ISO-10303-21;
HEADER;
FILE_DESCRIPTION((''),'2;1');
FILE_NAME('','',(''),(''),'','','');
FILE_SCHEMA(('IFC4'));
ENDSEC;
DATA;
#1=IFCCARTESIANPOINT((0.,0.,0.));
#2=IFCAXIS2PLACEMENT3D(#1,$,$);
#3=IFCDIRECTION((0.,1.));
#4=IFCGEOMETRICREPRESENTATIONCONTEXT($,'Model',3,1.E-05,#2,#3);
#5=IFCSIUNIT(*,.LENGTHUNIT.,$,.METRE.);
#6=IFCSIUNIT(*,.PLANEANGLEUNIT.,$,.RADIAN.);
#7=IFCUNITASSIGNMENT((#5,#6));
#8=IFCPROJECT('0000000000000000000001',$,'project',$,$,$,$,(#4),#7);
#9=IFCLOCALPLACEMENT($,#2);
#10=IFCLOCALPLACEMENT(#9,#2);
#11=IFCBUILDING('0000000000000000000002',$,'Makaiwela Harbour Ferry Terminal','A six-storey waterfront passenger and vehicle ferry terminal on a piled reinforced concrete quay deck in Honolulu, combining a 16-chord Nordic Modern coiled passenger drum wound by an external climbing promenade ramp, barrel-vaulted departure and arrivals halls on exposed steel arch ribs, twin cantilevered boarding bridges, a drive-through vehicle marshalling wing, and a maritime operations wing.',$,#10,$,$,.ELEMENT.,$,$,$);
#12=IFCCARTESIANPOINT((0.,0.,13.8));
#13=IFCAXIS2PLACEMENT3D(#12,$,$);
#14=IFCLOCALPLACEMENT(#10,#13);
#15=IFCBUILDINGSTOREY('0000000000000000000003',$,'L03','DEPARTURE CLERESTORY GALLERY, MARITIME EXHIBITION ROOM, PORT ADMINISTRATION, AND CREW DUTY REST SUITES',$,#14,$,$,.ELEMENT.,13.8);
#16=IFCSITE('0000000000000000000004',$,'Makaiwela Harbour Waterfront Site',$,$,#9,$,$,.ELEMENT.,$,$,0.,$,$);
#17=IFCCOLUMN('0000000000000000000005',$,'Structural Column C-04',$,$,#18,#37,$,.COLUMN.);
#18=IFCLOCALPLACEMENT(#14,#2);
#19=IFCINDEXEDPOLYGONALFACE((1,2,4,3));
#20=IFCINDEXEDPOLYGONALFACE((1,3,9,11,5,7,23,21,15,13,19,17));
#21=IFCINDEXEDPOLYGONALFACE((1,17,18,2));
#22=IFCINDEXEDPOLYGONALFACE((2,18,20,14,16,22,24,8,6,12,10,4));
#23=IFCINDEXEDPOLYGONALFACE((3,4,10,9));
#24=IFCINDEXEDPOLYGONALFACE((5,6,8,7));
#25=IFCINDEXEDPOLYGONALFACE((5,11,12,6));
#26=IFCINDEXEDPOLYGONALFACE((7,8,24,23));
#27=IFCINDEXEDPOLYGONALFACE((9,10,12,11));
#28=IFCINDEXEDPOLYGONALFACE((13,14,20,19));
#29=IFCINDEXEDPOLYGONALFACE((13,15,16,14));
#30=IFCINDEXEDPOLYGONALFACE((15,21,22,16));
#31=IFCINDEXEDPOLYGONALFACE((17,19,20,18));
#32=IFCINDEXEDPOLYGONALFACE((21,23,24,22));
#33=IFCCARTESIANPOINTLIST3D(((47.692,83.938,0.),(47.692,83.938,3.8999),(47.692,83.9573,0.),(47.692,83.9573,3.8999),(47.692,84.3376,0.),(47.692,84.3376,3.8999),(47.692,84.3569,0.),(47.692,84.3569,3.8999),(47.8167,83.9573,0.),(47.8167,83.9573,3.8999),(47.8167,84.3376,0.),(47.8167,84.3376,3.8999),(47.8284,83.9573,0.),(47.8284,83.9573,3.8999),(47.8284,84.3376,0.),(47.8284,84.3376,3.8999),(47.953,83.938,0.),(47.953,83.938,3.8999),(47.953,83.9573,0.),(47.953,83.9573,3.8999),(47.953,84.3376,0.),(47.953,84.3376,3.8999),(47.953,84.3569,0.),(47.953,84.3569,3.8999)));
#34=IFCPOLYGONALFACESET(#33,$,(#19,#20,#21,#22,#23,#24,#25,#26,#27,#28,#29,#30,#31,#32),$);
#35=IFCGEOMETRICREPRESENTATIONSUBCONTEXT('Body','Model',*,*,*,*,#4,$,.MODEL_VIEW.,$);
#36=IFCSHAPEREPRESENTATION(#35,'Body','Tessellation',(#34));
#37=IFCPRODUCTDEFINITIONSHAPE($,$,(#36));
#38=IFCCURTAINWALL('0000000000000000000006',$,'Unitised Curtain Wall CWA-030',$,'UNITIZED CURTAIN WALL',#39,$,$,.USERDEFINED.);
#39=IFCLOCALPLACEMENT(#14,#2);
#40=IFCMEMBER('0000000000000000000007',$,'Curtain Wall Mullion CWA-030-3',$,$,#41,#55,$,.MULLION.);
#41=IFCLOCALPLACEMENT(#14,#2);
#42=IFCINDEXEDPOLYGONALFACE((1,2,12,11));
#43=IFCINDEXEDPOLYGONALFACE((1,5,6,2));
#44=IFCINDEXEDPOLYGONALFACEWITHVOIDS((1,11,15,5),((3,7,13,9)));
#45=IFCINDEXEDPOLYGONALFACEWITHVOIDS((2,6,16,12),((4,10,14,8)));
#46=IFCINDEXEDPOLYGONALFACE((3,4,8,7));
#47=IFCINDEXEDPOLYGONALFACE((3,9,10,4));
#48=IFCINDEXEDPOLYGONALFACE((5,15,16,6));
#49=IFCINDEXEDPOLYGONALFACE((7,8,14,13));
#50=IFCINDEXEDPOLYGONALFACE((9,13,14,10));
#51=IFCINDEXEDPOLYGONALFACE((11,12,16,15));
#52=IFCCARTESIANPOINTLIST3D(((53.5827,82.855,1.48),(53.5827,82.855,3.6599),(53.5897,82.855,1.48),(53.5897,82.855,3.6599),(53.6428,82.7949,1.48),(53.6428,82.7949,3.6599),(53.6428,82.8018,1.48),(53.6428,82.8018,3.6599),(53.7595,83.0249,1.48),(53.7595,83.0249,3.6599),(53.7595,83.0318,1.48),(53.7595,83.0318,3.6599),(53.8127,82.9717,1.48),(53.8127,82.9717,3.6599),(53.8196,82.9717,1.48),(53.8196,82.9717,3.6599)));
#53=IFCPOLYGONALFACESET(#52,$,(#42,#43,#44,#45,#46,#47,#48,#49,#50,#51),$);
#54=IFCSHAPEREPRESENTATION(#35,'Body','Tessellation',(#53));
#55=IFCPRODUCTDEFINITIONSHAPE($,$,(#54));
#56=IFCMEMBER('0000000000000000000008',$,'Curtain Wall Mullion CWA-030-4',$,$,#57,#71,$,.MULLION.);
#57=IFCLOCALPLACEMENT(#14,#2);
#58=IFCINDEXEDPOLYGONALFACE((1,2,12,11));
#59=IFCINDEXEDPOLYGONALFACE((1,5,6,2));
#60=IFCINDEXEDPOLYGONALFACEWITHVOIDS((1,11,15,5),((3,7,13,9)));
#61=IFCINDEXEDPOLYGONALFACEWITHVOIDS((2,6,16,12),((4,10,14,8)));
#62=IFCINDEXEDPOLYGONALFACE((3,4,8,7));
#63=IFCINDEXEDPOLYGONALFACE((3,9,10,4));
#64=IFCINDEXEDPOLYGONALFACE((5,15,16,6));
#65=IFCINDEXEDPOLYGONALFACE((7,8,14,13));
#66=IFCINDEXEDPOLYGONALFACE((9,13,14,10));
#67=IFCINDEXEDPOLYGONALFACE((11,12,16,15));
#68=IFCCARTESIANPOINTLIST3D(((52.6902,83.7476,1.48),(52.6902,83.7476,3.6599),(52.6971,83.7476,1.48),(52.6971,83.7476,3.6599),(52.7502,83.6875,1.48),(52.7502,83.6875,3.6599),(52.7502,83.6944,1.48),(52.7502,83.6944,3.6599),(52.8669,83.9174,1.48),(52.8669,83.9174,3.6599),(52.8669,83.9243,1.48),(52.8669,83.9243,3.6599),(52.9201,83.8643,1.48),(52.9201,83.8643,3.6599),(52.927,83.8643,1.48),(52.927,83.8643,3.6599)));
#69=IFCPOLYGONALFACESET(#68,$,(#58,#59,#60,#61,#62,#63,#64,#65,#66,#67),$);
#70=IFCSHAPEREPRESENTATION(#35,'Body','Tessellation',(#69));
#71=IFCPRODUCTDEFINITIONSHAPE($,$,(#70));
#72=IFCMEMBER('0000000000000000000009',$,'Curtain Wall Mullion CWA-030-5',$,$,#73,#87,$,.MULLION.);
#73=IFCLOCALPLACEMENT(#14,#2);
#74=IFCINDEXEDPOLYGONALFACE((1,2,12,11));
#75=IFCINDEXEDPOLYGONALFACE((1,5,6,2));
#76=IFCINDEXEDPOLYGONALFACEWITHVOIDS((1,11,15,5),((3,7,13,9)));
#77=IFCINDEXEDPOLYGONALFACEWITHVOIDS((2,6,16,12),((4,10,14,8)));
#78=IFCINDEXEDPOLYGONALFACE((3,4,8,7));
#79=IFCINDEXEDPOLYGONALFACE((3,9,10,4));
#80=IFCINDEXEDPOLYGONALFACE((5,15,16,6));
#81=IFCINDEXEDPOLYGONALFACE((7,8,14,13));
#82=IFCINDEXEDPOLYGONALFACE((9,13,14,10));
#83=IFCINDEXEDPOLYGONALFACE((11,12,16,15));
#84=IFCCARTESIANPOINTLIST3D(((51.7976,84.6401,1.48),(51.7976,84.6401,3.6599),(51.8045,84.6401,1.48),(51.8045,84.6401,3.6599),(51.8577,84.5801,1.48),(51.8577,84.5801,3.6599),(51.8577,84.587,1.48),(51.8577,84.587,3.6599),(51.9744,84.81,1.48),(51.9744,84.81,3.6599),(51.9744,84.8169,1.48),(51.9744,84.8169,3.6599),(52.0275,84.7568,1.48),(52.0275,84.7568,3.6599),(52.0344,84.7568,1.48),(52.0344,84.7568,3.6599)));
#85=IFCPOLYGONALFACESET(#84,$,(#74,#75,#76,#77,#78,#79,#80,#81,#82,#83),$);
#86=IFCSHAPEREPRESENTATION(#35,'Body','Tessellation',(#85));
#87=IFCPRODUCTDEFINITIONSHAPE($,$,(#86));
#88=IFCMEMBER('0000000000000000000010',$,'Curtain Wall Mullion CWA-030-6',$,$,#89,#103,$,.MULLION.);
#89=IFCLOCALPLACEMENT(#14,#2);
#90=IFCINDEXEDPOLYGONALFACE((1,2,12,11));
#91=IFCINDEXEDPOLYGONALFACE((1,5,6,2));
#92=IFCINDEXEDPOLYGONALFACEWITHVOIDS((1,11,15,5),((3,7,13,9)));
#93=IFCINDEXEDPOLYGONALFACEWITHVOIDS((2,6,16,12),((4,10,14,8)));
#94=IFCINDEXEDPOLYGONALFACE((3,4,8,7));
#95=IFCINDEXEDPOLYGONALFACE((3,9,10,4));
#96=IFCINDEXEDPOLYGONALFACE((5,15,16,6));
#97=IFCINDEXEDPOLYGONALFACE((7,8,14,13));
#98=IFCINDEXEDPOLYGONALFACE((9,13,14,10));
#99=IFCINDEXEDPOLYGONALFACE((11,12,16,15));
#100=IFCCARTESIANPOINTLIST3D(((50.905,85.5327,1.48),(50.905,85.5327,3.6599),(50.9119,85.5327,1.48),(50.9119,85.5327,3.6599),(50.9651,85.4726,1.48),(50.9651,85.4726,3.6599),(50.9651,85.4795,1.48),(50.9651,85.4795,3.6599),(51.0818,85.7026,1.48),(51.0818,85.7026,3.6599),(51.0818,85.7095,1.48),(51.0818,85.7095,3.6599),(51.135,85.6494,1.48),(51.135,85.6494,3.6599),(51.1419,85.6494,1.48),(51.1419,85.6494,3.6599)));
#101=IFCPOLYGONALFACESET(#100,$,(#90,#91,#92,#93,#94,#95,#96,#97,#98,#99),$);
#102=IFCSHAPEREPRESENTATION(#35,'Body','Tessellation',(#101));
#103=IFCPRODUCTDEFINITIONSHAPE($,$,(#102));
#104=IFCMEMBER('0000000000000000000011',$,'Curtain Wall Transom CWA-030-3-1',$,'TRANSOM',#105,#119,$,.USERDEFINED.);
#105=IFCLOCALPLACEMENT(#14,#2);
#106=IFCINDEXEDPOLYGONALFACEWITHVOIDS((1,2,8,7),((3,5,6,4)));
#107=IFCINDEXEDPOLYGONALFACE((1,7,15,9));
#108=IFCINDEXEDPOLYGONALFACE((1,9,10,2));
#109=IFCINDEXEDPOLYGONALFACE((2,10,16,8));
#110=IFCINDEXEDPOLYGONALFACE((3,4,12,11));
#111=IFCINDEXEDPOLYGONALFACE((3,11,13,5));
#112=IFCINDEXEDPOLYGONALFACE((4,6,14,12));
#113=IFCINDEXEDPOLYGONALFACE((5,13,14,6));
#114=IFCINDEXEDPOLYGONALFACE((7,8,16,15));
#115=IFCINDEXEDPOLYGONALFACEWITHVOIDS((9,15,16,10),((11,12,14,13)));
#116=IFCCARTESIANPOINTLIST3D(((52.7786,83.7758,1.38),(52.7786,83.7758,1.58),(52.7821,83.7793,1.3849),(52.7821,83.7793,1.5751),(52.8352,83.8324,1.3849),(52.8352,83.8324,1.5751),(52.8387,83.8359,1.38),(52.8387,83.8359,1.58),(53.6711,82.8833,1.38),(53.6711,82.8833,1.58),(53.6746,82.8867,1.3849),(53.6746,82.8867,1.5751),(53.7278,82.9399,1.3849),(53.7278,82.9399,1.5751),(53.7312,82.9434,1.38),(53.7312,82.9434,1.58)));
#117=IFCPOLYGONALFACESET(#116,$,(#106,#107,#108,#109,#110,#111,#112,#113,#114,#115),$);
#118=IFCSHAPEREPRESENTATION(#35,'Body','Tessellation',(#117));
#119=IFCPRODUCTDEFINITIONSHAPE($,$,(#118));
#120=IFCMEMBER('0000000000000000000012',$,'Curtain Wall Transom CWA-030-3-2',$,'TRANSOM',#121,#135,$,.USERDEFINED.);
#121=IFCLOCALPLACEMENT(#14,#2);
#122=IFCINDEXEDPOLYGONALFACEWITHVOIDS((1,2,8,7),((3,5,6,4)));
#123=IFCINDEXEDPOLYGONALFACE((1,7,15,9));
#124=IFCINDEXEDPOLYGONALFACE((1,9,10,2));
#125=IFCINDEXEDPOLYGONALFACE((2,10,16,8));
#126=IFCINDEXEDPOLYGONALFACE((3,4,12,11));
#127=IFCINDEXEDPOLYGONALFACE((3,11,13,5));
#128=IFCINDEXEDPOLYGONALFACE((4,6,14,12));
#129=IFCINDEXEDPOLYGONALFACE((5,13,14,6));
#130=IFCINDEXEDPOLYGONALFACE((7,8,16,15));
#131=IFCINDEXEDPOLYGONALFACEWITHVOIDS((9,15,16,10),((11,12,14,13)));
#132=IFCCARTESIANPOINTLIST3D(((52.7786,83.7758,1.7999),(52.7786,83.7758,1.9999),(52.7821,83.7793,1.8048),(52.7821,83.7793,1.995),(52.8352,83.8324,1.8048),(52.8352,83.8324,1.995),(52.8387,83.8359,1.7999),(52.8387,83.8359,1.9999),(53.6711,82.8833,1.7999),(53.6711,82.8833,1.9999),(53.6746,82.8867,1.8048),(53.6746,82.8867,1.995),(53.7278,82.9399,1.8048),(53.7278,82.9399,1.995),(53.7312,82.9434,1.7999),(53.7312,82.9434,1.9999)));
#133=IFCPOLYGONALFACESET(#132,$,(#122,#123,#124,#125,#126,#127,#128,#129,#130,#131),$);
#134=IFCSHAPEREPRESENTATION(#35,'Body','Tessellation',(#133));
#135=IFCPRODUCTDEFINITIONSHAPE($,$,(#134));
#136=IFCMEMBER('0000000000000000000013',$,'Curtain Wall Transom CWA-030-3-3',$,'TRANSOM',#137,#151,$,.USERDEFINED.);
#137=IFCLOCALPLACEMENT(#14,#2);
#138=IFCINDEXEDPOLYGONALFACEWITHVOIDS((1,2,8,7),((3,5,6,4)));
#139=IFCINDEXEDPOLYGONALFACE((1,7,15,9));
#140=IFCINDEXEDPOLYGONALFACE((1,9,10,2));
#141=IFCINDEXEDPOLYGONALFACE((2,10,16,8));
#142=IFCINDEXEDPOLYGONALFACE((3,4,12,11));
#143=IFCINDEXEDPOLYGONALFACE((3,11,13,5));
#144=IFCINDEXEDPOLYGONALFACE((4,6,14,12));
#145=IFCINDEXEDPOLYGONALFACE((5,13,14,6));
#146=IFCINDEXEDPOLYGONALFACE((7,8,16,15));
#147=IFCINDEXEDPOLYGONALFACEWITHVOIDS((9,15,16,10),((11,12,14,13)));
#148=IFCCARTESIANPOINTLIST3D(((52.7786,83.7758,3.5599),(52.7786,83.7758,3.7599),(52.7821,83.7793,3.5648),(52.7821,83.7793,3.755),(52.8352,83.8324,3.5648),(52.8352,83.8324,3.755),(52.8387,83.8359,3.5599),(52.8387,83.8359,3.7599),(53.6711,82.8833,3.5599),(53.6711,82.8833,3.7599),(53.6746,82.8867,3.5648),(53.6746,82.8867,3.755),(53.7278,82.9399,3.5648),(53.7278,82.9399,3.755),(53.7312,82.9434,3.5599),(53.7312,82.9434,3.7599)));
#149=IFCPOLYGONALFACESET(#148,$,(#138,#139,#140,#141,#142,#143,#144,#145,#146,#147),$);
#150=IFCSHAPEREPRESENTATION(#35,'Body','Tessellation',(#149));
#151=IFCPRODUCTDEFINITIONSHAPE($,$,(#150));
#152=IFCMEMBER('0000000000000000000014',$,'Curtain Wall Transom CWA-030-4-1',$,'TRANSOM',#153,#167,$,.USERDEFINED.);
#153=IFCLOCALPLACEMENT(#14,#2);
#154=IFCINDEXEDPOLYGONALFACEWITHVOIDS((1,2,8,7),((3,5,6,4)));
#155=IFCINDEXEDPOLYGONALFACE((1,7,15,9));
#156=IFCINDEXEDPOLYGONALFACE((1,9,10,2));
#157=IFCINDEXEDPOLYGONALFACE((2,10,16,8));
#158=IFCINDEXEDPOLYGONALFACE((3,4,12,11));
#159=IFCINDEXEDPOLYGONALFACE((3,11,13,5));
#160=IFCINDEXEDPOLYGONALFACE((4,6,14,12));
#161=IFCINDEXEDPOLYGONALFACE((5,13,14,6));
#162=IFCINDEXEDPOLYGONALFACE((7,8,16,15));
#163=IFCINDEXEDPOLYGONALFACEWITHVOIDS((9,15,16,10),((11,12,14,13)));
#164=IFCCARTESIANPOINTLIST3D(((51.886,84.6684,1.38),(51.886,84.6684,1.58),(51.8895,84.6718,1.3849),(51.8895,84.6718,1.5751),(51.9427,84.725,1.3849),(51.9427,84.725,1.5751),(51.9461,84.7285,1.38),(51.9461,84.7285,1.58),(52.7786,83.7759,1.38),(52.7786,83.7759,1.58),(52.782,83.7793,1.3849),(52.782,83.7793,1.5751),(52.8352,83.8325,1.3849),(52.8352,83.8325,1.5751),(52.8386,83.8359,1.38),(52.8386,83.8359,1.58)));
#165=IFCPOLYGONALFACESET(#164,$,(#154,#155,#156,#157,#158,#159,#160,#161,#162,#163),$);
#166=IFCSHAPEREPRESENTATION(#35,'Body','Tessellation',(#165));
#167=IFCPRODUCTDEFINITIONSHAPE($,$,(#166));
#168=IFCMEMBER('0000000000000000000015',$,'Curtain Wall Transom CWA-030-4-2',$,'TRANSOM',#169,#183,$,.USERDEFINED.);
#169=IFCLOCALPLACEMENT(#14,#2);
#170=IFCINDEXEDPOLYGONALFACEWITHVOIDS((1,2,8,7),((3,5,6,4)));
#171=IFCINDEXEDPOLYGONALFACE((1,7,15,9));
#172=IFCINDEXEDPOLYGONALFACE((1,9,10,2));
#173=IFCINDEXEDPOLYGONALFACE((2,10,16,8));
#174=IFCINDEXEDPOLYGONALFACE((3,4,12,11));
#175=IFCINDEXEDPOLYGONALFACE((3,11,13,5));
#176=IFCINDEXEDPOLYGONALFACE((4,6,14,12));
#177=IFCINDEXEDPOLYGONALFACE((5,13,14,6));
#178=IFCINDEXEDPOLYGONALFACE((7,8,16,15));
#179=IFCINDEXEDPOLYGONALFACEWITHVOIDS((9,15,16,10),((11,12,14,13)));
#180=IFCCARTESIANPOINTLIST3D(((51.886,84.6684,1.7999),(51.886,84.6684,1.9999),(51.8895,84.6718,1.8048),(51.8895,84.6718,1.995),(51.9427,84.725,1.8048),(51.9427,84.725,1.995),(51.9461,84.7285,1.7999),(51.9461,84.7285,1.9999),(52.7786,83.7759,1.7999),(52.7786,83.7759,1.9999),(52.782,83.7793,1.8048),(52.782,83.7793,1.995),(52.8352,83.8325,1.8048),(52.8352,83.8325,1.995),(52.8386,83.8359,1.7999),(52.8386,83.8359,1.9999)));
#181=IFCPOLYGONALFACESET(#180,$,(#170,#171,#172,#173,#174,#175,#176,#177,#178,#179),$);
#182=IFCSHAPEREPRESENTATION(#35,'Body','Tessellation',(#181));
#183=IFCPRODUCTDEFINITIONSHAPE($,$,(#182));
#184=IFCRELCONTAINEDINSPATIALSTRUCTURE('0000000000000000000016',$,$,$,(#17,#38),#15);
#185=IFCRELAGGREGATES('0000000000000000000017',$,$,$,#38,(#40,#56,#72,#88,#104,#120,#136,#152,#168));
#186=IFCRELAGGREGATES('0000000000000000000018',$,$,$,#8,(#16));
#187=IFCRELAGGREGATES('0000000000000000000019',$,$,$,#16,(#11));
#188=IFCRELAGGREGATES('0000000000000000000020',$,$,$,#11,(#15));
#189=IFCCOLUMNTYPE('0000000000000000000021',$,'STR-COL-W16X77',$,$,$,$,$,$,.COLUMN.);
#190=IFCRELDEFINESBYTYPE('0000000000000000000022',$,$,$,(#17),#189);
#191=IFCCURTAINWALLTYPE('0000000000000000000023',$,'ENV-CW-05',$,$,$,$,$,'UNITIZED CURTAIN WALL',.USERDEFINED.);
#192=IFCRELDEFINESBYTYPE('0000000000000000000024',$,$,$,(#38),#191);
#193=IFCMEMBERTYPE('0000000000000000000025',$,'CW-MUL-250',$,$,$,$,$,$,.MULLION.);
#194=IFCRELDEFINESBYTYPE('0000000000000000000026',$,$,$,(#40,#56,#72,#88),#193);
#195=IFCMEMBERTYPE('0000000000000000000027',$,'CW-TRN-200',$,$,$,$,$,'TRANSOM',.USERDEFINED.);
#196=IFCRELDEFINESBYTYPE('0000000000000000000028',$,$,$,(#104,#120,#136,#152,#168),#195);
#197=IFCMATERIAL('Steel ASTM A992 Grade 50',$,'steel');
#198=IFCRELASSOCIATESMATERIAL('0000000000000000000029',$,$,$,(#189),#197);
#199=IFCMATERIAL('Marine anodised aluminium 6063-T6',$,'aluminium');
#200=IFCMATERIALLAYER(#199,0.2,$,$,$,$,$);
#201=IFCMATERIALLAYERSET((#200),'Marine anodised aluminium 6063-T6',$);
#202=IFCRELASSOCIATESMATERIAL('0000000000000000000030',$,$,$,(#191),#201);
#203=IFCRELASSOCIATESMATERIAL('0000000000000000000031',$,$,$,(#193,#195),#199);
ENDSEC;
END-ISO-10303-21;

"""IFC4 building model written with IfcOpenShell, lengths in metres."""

from ifc_helpers import new_model, si_unit, direction, frame, origin, origin_2d, place, context, subcontext, project, spatial, hollow_rectangle, i_section, extrude, material, layer, layer_set, material_profile, profile_set, type_object, element, aggregate, save


model = new_model("IFC4")

# Units and contexts
model_context = context("Model", 3, precision=1e-05, world=origin(), true_north=direction((0.0, 1.0)))
body_context = subcontext(model_context, "Body", "Model", "MODEL_VIEW")
ifc_project = project(units=[si_unit("LENGTHUNIT", "METRE"), si_unit("PLANEANGLEUNIT", "RADIAN")], contexts=[model_context])

# Site, building, storey
site_placement = place(None, origin())
site = spatial("IfcSite", under=ifc_project, at=site_placement, Name="Makaiwela Harbour Waterfront Site", CompositionType="ELEMENT", RefElevation=0.0)
building_placement = place(site_placement, origin())
building = spatial("IfcBuilding", under=site, at=building_placement, Name="Makaiwela Harbour Ferry Terminal", Description="A six-storey waterfront passenger and vehicle ferry terminal on a piled reinforced concrete quay deck in Honolulu, combining a 16-chord Nordic Modern coiled passenger drum wound by an external climbing promenade ramp, barrel-vaulted departure and arrivals halls on exposed steel arch ribs, twin cantilevered boarding bridges, a drive-through vehicle marshalling wing, and a maritime operations wing.", CompositionType="ELEMENT")
storey_placement = place(building_placement, frame((0.0, 0.0, 13.8)))
storey = spatial("IfcBuildingStorey", under=building, at=storey_placement, Name="L03", Description="DEPARTURE CLERESTORY GALLERY, MARITIME EXHIBITION ROOM, PORT ADMINISTRATION, AND CREW DUTY REST SUITES", CompositionType="ELEMENT", Elevation=13.8)

# Column
ifc_material_1 = material(Name="Steel ASTM A992 Grade 50", Category="steel")
ifc_material_profile_1 = material_profile(ifc_material_1, i_section(OverallWidth=0.261, OverallDepth=0.4189, WebThickness=0.0117, FlangeThickness=0.0193, at=origin_2d()), Name="W16X77")
ifc_profile_set_1 = profile_set([ifc_material_profile_1], Name="Steel ASTM A992 Grade 50")
column_type = type_object("IfcColumnType", Name="STR-COL-W16X77", PredefinedType="COLUMN", material=ifc_profile_set_1)
column_placement = place(storey_placement, frame((47.8225, 84.1475, 0.0), z_axis=(0.0, 0.0, 1.0), x_axis=(1.0, 0.0, 0.0)))
element("IfcColumn", 1, at=column_placement, inside=storey, type_object=column_type, Name="Structural Column C-04", PredefinedType="COLUMN", context=body_context, shape_type="SweptSolid", body=[
    extrude(i_section(OverallWidth=0.261, OverallDepth=0.4189, WebThickness=0.0117, FlangeThickness=0.0193, at=origin_2d()), origin(), (0.0, 0.0, 1.0), 3.8999),
])

# Curtain wall, members
ifc_material_2 = material(Name="Marine anodised aluminium 6063-T6", Category="aluminium")
ifc_layer_1 = layer(ifc_material_2, 0.2)
ifc_layer_set_1 = layer_set([ifc_layer_1], Name="Marine anodised aluminium 6063-T6")
curtain_wall_type = type_object("IfcCurtainWallType", Name="ENV-CW-05", ElementType="UNITIZED CURTAIN WALL", PredefinedType="USERDEFINED", material=ifc_layer_set_1)
curtain_wall_placement = place(storey_placement, origin())
curtain_wall = element("IfcCurtainWall", 2, at=curtain_wall_placement, inside=storey, type_object=curtain_wall_type, Name="Unitised Curtain Wall CWA-030", ObjectType="UNITIZED CURTAIN WALL", PredefinedType="USERDEFINED")
ifc_material_profile_2 = material_profile(ifc_material_2, hollow_rectangle(XDim=0.085, YDim=0.25, WallThickness=0.0049, at=origin_2d()), Name="CWM-250X85")
ifc_profile_set_2 = profile_set([ifc_material_profile_2], Name="Marine anodised aluminium 6063-T6")
member_type_1 = type_object("IfcMemberType", Name="CW-MUL-250", PredefinedType="MULLION", material=ifc_profile_set_2)
member_1_placement = place(storey_placement, frame((53.7012, 82.9133, 1.48), z_axis=(0.0, 0.0, 1.0), x_axis=(-0.707107, 0.707107, 0.0)))
member_1 = element("IfcMember", 3, at=member_1_placement, type_object=member_type_1, Name="Curtain Wall Mullion CWA-030-3", PredefinedType="MULLION", context=body_context, shape_type="SweptSolid", body=[
    extrude(hollow_rectangle(XDim=0.085, YDim=0.25, WallThickness=0.0049, at=origin_2d()), origin(), (0.0, 0.0, 1.0), 2.1799),
])
member_2_placement = place(storey_placement, frame((52.8086, 83.8059, 1.48), z_axis=(0.0, 0.0, 1.0), x_axis=(-0.707107, 0.707107, 0.0)))
member_2 = element("IfcMember", 4, at=member_2_placement, type_object=member_type_1, Name="Curtain Wall Mullion CWA-030-4", PredefinedType="MULLION", context=body_context, shape_type="SweptSolid", body=[
    extrude(hollow_rectangle(XDim=0.085, YDim=0.25, WallThickness=0.0049, at=origin_2d()), origin(), (0.0, 0.0, 1.0), 2.1799),
])
member_3_placement = place(storey_placement, frame((51.916, 84.6985, 1.48), z_axis=(0.0, 0.0, 1.0), x_axis=(-0.707107, 0.707107, 0.0)))
member_3 = element("IfcMember", 5, at=member_3_placement, type_object=member_type_1, Name="Curtain Wall Mullion CWA-030-5", PredefinedType="MULLION", context=body_context, shape_type="SweptSolid", body=[
    extrude(hollow_rectangle(XDim=0.085, YDim=0.25, WallThickness=0.0049, at=origin_2d()), origin(), (0.0, 0.0, 1.0), 2.1799),
])
member_4_placement = place(storey_placement, frame((51.0234, 85.5911, 1.48), z_axis=(0.0, 0.0, 1.0), x_axis=(-0.707107, 0.707107, 0.0)))
member_4 = element("IfcMember", 6, at=member_4_placement, type_object=member_type_1, Name="Curtain Wall Mullion CWA-030-6", PredefinedType="MULLION", context=body_context, shape_type="SweptSolid", body=[
    extrude(hollow_rectangle(XDim=0.085, YDim=0.25, WallThickness=0.0049, at=origin_2d()), origin(), (0.0, 0.0, 1.0), 2.1799),
])
ifc_material_profile_3 = material_profile(ifc_material_2, hollow_rectangle(XDim=0.085, YDim=0.2, WallThickness=0.0049, at=origin_2d()), Name="CWT-200X85")
ifc_profile_set_3 = profile_set([ifc_material_profile_3], Name="Marine anodised aluminium 6063-T6")
member_type_2 = type_object("IfcMemberType", Name="CW-TRN-200", ElementType="TRANSOM", PredefinedType="USERDEFINED", material=ifc_profile_set_3)
member_5_placement = place(storey_placement, frame((53.7012, 82.9133, 1.48), z_axis=(-0.707107, 0.707107, 0.0), x_axis=(-0.707107, -0.707107, 0.0)))
member_5 = element("IfcMember", 7, at=member_5_placement, type_object=member_type_2, Name="Curtain Wall Transom CWA-030-3-1", ObjectType="TRANSOM", PredefinedType="USERDEFINED", context=body_context, shape_type="SweptSolid", body=[
    extrude(hollow_rectangle(XDim=0.085, YDim=0.2, WallThickness=0.0049, at=origin_2d()), origin(), (0.0, 0.0, 1.0), 1.2622),
])
member_6_placement = place(storey_placement, frame((53.7012, 82.9133, 1.8999), z_axis=(-0.707107, 0.707107, 0.0), x_axis=(-0.707107, -0.707107, 0.0)))
member_6 = element("IfcMember", 8, at=member_6_placement, type_object=member_type_2, Name="Curtain Wall Transom CWA-030-3-2", ObjectType="TRANSOM", PredefinedType="USERDEFINED", context=body_context, shape_type="SweptSolid", body=[
    extrude(hollow_rectangle(XDim=0.085, YDim=0.2, WallThickness=0.0049, at=origin_2d()), origin(), (0.0, 0.0, 1.0), 1.2622),
])
member_7_placement = place(storey_placement, frame((53.7012, 82.9133, 3.6599), z_axis=(-0.707107, 0.707107, 0.0), x_axis=(-0.707107, -0.707107, 0.0)))
member_7 = element("IfcMember", 9, at=member_7_placement, type_object=member_type_2, Name="Curtain Wall Transom CWA-030-3-3", ObjectType="TRANSOM", PredefinedType="USERDEFINED", context=body_context, shape_type="SweptSolid", body=[
    extrude(hollow_rectangle(XDim=0.085, YDim=0.2, WallThickness=0.0049, at=origin_2d()), origin(), (0.0, 0.0, 1.0), 1.2622),
])
member_8_placement = place(storey_placement, frame((52.8086, 83.8059, 1.48), z_axis=(-0.707107, 0.707107, 0.0), x_axis=(-0.707107, -0.707107, 0.0)))
member_8 = element("IfcMember", 10, at=member_8_placement, type_object=member_type_2, Name="Curtain Wall Transom CWA-030-4-1", ObjectType="TRANSOM", PredefinedType="USERDEFINED", context=body_context, shape_type="SweptSolid", body=[
    extrude(hollow_rectangle(XDim=0.085, YDim=0.2, WallThickness=0.0049, at=origin_2d()), origin(), (0.0, 0.0, 1.0), 1.2622),
])
member_9_placement = place(storey_placement, frame((52.8086, 83.8059, 1.8999), z_axis=(-0.707107, 0.707107, 0.0), x_axis=(-0.707107, -0.707107, 0.0)))
member_9 = element("IfcMember", 11, at=member_9_placement, type_object=member_type_2, Name="Curtain Wall Transom CWA-030-4-2", ObjectType="TRANSOM", PredefinedType="USERDEFINED", context=body_context, shape_type="SweptSolid", body=[
    extrude(hollow_rectangle(XDim=0.085, YDim=0.2, WallThickness=0.0049, at=origin_2d()), origin(), (0.0, 0.0, 1.0), 1.2622),
])

aggregate(curtain_wall, [member_1, member_2, member_3, member_4, member_5, member_6, member_7, member_8, member_9])

save(model, "model.ifc")
